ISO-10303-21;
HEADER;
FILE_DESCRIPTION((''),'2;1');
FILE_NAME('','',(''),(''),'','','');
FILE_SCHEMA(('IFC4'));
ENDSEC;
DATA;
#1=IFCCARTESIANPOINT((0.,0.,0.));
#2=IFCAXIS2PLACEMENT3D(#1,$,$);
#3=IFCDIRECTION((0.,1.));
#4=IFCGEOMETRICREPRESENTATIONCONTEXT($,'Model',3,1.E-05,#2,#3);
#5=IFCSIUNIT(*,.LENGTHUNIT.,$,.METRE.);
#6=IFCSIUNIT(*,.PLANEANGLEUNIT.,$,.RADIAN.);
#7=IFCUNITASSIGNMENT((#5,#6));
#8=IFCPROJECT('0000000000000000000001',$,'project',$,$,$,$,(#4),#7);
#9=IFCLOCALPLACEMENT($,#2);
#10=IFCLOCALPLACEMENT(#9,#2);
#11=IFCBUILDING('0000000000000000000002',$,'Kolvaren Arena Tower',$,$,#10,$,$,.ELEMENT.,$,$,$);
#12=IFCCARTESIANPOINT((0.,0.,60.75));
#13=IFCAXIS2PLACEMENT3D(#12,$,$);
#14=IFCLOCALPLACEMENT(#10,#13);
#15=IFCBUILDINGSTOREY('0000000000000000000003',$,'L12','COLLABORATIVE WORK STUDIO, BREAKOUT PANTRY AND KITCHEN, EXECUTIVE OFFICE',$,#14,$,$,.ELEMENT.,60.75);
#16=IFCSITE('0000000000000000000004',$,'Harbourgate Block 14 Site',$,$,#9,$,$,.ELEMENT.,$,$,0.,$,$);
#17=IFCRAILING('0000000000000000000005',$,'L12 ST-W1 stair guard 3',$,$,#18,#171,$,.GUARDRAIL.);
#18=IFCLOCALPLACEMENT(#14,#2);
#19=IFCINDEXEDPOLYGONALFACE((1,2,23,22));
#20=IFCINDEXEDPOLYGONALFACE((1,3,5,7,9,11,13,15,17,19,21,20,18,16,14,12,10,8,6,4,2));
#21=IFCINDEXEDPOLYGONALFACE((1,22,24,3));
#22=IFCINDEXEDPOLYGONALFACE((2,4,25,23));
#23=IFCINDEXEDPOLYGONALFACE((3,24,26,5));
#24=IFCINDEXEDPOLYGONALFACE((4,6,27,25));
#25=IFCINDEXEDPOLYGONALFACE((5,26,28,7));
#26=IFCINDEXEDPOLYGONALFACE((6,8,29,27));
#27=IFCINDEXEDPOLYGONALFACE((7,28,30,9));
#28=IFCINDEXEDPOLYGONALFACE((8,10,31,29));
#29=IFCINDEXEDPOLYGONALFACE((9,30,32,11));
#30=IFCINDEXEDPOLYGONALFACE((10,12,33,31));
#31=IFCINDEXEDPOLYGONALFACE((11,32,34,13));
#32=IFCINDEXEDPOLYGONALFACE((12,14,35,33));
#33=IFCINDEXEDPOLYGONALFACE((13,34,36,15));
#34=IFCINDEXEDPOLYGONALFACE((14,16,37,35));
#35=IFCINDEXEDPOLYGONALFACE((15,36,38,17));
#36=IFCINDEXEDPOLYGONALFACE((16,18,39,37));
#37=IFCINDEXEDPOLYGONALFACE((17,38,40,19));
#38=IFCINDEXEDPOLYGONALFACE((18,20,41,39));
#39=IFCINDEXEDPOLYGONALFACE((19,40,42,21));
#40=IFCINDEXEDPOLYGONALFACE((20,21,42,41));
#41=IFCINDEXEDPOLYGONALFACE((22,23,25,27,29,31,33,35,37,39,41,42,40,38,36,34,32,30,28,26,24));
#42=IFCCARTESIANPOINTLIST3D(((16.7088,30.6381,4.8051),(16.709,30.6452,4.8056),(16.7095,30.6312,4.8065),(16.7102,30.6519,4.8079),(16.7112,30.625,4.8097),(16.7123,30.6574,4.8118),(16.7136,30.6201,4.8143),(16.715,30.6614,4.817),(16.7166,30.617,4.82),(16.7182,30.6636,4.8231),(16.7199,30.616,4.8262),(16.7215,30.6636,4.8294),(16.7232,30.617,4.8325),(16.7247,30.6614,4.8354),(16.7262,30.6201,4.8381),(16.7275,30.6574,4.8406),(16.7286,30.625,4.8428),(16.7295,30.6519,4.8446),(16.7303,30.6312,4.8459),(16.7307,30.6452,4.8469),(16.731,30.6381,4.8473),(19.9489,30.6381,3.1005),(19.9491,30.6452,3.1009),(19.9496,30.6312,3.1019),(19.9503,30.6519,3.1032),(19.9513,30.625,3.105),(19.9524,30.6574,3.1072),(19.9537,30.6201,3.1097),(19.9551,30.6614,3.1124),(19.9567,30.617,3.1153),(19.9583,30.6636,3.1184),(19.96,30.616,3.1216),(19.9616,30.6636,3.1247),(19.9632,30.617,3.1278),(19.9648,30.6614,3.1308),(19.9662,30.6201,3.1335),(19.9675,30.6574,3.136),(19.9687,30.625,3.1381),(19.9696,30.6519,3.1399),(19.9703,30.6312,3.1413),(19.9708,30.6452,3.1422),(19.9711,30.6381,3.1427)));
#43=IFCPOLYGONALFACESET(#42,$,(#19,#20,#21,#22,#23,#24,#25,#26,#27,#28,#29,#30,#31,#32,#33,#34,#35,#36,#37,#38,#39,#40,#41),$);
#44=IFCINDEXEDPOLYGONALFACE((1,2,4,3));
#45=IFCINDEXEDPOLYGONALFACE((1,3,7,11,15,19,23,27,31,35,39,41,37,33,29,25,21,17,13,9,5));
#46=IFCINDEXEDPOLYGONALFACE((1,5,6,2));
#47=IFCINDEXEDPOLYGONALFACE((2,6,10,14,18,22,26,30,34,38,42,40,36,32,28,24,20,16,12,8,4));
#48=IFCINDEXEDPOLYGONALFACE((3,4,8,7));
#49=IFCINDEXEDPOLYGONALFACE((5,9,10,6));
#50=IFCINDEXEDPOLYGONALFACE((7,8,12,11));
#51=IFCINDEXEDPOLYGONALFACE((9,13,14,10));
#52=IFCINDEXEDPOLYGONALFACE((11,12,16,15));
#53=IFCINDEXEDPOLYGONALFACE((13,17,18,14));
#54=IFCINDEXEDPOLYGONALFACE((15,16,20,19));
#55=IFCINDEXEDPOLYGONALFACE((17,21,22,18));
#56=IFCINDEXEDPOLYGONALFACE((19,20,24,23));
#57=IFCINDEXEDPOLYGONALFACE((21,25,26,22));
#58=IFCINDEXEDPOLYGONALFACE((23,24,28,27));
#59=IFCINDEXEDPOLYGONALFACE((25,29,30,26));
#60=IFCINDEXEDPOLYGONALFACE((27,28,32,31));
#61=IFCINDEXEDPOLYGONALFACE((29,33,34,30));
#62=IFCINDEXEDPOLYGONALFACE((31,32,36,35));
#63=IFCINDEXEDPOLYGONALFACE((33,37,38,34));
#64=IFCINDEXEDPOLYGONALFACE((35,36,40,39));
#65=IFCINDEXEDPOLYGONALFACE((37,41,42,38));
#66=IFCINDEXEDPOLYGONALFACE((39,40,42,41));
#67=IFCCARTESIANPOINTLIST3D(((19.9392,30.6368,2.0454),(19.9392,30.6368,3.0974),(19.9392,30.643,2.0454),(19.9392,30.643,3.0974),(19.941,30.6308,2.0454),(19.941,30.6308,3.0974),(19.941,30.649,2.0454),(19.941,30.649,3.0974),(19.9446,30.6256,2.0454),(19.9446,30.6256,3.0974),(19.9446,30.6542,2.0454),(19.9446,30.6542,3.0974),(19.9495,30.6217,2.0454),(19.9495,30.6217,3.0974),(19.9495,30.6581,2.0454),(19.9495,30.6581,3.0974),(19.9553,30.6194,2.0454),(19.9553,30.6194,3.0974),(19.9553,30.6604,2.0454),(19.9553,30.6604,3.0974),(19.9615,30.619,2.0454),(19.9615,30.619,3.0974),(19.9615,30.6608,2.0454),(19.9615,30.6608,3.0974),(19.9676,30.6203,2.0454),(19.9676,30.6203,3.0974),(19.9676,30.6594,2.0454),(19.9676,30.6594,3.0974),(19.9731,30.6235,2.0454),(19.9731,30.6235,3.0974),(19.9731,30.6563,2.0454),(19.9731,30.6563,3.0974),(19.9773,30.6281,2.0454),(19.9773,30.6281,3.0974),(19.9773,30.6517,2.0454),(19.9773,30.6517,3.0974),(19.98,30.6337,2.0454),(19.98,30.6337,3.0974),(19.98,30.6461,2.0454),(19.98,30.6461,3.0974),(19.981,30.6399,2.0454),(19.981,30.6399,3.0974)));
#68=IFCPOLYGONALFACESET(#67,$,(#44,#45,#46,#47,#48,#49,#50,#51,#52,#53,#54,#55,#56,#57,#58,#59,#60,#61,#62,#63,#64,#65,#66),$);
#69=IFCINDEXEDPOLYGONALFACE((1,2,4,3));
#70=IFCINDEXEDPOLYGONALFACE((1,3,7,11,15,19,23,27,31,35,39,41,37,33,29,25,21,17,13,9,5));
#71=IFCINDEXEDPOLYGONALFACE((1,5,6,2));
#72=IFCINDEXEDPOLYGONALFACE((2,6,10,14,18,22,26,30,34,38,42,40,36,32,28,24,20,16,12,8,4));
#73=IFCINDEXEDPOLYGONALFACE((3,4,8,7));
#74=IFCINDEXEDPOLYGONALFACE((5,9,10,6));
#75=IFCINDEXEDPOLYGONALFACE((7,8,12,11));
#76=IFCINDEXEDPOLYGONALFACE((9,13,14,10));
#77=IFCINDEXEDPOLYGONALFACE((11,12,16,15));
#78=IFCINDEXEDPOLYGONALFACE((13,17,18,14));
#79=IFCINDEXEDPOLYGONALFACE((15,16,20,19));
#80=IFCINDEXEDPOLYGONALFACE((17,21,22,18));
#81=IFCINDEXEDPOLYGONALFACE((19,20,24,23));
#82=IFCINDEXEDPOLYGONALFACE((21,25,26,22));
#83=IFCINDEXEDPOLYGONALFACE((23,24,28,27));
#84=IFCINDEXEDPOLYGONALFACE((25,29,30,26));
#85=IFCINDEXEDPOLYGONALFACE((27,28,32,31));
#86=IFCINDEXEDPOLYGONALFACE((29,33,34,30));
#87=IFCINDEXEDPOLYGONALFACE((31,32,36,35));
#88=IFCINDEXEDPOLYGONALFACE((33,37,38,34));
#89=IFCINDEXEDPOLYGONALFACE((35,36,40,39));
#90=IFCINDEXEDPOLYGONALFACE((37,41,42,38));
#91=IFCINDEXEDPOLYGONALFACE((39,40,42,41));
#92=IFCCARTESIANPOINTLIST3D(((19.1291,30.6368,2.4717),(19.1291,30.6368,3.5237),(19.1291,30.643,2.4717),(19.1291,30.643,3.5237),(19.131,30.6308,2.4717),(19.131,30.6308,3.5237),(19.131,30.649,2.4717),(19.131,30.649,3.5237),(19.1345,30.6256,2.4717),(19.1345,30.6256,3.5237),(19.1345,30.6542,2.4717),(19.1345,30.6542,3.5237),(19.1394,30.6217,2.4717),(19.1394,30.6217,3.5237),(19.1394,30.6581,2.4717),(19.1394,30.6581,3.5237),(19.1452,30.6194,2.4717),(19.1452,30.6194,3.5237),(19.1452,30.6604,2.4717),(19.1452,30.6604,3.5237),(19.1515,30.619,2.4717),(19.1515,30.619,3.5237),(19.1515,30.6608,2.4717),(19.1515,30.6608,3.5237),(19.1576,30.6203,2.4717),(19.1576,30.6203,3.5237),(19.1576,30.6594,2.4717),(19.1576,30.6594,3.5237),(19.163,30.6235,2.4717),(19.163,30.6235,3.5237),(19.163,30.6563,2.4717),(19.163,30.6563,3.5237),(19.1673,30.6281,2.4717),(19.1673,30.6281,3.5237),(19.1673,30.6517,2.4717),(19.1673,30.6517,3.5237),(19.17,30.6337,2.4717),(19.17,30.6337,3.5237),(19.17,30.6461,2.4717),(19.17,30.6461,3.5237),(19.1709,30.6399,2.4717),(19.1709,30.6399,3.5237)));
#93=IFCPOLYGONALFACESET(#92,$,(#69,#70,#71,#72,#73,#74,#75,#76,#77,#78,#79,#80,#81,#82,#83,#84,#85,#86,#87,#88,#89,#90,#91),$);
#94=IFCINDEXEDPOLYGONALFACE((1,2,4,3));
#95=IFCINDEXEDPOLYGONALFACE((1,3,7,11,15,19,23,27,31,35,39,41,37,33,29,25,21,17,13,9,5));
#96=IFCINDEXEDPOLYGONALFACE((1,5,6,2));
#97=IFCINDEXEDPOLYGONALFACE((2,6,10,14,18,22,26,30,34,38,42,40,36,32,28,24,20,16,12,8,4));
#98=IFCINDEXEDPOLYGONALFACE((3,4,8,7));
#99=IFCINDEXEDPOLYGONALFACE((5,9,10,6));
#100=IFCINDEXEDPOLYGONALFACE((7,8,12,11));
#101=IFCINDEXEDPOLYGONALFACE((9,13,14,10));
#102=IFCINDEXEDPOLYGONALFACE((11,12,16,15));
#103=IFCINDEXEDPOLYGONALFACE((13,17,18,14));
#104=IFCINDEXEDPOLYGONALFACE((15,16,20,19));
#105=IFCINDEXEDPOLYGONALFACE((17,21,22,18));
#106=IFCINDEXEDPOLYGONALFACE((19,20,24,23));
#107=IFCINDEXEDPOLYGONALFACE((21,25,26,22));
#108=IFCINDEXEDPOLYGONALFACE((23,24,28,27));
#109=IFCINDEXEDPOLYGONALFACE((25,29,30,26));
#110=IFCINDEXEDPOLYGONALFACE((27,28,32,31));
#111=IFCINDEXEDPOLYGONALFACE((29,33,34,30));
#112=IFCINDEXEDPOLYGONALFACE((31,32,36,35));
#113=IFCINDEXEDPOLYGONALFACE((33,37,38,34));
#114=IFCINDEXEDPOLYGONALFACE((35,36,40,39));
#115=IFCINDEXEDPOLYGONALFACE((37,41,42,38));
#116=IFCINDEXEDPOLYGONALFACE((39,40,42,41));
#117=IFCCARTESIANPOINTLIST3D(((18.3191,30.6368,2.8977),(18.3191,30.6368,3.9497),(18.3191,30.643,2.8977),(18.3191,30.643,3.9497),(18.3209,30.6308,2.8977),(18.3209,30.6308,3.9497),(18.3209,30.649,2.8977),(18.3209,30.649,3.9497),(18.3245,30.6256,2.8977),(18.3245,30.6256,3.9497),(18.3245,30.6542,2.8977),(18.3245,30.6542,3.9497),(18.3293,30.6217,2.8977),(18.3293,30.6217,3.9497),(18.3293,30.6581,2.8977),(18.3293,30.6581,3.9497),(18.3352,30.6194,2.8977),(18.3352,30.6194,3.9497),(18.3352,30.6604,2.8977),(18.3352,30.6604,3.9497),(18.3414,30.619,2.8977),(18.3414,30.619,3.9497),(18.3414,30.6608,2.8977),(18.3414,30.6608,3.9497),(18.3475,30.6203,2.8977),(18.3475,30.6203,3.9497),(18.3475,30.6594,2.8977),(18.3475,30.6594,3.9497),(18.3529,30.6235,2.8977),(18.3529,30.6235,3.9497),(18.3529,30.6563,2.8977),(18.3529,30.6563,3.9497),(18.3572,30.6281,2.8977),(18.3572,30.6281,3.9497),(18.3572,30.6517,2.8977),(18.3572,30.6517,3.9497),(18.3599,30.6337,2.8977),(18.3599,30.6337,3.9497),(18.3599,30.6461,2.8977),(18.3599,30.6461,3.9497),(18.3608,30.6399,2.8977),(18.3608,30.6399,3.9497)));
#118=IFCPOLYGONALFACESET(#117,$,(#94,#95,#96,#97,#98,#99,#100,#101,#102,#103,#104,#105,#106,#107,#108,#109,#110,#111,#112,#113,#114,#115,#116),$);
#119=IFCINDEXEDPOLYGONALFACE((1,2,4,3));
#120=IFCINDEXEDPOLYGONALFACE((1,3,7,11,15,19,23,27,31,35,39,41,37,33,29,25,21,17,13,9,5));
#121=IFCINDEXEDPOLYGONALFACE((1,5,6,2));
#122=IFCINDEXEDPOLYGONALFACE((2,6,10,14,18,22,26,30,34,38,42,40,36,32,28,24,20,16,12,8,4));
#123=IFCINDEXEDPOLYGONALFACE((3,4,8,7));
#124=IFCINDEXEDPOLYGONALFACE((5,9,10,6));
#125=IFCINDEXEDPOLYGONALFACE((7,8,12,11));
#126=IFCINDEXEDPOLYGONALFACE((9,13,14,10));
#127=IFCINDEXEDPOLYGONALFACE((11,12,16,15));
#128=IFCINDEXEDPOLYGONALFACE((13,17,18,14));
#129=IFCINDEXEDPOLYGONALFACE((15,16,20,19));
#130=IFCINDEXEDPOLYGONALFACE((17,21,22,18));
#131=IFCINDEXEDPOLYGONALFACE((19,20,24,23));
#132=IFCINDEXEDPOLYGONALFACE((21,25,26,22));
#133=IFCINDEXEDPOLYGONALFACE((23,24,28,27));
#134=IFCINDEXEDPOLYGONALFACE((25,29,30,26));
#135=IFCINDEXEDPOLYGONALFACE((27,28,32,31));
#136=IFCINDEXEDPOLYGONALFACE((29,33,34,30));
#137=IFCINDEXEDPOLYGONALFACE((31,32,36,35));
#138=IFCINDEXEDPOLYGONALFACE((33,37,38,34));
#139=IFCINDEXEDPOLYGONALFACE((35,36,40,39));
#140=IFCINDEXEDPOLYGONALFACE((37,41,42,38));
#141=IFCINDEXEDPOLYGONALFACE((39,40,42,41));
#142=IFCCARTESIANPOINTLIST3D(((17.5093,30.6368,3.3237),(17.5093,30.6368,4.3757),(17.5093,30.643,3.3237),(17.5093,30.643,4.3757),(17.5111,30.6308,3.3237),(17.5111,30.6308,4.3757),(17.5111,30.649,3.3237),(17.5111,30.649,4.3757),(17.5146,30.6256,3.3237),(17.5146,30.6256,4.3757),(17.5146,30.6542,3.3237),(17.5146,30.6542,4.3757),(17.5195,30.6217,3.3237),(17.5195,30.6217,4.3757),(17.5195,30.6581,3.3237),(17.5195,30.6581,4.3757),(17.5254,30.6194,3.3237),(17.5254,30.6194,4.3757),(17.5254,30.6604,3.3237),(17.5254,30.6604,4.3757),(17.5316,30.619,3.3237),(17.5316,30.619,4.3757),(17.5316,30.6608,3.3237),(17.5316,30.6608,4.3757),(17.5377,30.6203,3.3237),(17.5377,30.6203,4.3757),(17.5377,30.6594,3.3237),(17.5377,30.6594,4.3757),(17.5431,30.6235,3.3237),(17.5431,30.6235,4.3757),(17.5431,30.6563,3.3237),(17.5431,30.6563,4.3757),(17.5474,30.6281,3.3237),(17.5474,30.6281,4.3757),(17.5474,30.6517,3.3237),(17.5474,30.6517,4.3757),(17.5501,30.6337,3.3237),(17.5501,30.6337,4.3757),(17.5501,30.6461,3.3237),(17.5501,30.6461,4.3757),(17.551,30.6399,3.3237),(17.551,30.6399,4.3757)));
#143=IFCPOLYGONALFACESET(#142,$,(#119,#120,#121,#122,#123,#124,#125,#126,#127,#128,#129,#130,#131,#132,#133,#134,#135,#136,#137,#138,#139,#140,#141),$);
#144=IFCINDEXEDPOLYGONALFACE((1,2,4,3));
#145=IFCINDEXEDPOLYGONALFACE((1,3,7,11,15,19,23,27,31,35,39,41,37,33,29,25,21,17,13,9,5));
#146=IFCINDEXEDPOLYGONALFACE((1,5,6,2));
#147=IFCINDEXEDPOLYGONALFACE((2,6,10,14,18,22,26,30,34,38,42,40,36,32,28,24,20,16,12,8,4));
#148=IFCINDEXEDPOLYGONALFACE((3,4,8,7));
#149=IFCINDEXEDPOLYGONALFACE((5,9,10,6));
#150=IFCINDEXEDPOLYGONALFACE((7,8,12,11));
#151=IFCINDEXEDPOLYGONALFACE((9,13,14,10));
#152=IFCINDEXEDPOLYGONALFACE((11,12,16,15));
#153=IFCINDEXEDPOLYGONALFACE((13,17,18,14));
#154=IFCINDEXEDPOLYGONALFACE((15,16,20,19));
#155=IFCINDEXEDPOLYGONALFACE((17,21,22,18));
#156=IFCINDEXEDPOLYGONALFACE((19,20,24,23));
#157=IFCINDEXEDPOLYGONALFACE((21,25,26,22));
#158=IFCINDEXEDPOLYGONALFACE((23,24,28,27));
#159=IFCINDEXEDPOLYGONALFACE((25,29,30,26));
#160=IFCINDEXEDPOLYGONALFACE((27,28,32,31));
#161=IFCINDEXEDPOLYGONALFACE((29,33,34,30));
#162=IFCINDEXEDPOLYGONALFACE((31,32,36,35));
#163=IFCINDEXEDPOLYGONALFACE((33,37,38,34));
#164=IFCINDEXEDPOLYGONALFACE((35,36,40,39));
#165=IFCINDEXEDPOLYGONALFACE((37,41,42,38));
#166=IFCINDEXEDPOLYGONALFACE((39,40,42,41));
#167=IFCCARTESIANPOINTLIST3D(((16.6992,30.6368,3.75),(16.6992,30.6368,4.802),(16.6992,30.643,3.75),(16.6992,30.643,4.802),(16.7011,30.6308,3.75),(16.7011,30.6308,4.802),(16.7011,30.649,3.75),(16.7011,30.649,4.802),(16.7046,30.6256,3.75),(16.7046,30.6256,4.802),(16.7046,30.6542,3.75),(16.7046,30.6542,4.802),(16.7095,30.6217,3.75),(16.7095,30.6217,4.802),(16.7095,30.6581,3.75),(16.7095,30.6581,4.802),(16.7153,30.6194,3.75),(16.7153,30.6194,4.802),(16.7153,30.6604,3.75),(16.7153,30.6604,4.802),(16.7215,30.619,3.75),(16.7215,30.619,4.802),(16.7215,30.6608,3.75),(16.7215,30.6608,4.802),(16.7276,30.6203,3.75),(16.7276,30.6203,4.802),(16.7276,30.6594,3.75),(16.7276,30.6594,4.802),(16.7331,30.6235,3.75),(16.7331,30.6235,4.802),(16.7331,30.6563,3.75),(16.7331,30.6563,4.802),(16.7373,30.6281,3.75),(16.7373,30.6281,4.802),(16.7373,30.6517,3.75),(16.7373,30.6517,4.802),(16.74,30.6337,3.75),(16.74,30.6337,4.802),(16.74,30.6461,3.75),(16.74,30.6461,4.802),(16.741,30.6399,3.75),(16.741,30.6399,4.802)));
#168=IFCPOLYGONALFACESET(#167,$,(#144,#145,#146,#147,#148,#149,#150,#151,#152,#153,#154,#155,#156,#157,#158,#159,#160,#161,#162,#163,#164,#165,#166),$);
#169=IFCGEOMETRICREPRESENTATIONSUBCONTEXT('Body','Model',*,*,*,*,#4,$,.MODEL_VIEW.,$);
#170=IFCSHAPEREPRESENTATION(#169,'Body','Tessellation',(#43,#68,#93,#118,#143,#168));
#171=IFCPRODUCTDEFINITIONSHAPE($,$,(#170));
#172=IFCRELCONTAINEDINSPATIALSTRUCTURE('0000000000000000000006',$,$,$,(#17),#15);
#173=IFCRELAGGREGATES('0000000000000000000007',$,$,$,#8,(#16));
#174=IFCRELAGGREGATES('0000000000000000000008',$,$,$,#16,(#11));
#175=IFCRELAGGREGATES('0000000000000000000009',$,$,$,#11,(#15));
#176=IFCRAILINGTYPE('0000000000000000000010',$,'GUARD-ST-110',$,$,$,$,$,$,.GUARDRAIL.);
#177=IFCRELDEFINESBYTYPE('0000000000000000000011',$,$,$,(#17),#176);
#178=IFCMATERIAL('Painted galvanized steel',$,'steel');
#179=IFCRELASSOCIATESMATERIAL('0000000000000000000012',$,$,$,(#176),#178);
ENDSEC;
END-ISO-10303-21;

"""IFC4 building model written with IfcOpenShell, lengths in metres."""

from ifc_helpers import new_model, si_unit, direction, frame, origin, origin_2d, place, context, subcontext, project, spatial, circle, extrude, material, type_object, element, save


model = new_model("IFC4")

# Units and contexts
model_context = context("Model", 3, precision=1e-05, world=origin(), true_north=direction((0.0, 1.0)))
body_context = subcontext(model_context, "Body", "Model", "MODEL_VIEW")
ifc_project = project(units=[si_unit("LENGTHUNIT", "METRE"), si_unit("PLANEANGLEUNIT", "RADIAN")], contexts=[model_context])

# Site, building, storey
site_placement = place(None, origin())
site = spatial("IfcSite", under=ifc_project, at=site_placement, Name="Harbourgate Block 14 Site", CompositionType="ELEMENT", RefElevation=0.0)
building_placement = place(site_placement, origin())
building = spatial("IfcBuilding", under=site, at=building_placement, Name="Kolvaren Arena Tower", CompositionType="ELEMENT")
storey_placement = place(building_placement, frame((0.0, 0.0, 60.75)))
storey = spatial("IfcBuildingStorey", under=building, at=storey_placement, Name="L12", Description="COLLABORATIVE WORK STUDIO, BREAKOUT PANTRY AND KITCHEN, EXECUTIVE OFFICE", CompositionType="ELEMENT", Elevation=60.75)

# Railing
ifc_material_1 = material(Name="Painted galvanized steel", Category="steel")
railing_type_1 = type_object("IfcRailingType", Name="GUARD-ST-110", PredefinedType="GUARDRAIL", material=ifc_material_1)
railing_1_placement = place(storey_placement, frame((19.96, 30.6399, 2.0454)))
element("IfcRailing", 1, at=railing_1_placement, inside=storey, type_object=railing_type_1, Name="L12 ST-W1 stair guard 3", PredefinedType="GUARDRAIL", context=body_context, shape_type="SweptSolid", body=[
    extrude(circle(Radius=0.0239, at=origin_2d()), frame((0.0, 0.0, 1.0762), z_axis=(-0.884993, 0.0, 0.465604), x_axis=(0.0, -1.0, 0.0)), (0.0, 0.0, 1.0), 3.6611),
    extrude(circle(Radius=0.021, at=origin_2d()), origin(), (0.0, 0.0, 1.0), 1.052),
    extrude(circle(Radius=0.021, at=origin_2d()), frame((-0.8101, 0.0, 0.4263)), (0.0, 0.0, 1.0), 1.052),
    extrude(circle(Radius=0.021, at=origin_2d()), frame((-1.6201, 0.0, 0.8523)), (0.0, 0.0, 1.0), 1.052),
    extrude(circle(Radius=0.021, at=origin_2d()), frame((-2.4299, 0.0, 1.2783)), (0.0, 0.0, 1.0), 1.052),
    extrude(circle(Radius=0.021, at=origin_2d()), frame((-3.24, 0.0, 1.7046)), (0.0, 0.0, 1.0), 1.052),
])

save(model, "model.ifc")
